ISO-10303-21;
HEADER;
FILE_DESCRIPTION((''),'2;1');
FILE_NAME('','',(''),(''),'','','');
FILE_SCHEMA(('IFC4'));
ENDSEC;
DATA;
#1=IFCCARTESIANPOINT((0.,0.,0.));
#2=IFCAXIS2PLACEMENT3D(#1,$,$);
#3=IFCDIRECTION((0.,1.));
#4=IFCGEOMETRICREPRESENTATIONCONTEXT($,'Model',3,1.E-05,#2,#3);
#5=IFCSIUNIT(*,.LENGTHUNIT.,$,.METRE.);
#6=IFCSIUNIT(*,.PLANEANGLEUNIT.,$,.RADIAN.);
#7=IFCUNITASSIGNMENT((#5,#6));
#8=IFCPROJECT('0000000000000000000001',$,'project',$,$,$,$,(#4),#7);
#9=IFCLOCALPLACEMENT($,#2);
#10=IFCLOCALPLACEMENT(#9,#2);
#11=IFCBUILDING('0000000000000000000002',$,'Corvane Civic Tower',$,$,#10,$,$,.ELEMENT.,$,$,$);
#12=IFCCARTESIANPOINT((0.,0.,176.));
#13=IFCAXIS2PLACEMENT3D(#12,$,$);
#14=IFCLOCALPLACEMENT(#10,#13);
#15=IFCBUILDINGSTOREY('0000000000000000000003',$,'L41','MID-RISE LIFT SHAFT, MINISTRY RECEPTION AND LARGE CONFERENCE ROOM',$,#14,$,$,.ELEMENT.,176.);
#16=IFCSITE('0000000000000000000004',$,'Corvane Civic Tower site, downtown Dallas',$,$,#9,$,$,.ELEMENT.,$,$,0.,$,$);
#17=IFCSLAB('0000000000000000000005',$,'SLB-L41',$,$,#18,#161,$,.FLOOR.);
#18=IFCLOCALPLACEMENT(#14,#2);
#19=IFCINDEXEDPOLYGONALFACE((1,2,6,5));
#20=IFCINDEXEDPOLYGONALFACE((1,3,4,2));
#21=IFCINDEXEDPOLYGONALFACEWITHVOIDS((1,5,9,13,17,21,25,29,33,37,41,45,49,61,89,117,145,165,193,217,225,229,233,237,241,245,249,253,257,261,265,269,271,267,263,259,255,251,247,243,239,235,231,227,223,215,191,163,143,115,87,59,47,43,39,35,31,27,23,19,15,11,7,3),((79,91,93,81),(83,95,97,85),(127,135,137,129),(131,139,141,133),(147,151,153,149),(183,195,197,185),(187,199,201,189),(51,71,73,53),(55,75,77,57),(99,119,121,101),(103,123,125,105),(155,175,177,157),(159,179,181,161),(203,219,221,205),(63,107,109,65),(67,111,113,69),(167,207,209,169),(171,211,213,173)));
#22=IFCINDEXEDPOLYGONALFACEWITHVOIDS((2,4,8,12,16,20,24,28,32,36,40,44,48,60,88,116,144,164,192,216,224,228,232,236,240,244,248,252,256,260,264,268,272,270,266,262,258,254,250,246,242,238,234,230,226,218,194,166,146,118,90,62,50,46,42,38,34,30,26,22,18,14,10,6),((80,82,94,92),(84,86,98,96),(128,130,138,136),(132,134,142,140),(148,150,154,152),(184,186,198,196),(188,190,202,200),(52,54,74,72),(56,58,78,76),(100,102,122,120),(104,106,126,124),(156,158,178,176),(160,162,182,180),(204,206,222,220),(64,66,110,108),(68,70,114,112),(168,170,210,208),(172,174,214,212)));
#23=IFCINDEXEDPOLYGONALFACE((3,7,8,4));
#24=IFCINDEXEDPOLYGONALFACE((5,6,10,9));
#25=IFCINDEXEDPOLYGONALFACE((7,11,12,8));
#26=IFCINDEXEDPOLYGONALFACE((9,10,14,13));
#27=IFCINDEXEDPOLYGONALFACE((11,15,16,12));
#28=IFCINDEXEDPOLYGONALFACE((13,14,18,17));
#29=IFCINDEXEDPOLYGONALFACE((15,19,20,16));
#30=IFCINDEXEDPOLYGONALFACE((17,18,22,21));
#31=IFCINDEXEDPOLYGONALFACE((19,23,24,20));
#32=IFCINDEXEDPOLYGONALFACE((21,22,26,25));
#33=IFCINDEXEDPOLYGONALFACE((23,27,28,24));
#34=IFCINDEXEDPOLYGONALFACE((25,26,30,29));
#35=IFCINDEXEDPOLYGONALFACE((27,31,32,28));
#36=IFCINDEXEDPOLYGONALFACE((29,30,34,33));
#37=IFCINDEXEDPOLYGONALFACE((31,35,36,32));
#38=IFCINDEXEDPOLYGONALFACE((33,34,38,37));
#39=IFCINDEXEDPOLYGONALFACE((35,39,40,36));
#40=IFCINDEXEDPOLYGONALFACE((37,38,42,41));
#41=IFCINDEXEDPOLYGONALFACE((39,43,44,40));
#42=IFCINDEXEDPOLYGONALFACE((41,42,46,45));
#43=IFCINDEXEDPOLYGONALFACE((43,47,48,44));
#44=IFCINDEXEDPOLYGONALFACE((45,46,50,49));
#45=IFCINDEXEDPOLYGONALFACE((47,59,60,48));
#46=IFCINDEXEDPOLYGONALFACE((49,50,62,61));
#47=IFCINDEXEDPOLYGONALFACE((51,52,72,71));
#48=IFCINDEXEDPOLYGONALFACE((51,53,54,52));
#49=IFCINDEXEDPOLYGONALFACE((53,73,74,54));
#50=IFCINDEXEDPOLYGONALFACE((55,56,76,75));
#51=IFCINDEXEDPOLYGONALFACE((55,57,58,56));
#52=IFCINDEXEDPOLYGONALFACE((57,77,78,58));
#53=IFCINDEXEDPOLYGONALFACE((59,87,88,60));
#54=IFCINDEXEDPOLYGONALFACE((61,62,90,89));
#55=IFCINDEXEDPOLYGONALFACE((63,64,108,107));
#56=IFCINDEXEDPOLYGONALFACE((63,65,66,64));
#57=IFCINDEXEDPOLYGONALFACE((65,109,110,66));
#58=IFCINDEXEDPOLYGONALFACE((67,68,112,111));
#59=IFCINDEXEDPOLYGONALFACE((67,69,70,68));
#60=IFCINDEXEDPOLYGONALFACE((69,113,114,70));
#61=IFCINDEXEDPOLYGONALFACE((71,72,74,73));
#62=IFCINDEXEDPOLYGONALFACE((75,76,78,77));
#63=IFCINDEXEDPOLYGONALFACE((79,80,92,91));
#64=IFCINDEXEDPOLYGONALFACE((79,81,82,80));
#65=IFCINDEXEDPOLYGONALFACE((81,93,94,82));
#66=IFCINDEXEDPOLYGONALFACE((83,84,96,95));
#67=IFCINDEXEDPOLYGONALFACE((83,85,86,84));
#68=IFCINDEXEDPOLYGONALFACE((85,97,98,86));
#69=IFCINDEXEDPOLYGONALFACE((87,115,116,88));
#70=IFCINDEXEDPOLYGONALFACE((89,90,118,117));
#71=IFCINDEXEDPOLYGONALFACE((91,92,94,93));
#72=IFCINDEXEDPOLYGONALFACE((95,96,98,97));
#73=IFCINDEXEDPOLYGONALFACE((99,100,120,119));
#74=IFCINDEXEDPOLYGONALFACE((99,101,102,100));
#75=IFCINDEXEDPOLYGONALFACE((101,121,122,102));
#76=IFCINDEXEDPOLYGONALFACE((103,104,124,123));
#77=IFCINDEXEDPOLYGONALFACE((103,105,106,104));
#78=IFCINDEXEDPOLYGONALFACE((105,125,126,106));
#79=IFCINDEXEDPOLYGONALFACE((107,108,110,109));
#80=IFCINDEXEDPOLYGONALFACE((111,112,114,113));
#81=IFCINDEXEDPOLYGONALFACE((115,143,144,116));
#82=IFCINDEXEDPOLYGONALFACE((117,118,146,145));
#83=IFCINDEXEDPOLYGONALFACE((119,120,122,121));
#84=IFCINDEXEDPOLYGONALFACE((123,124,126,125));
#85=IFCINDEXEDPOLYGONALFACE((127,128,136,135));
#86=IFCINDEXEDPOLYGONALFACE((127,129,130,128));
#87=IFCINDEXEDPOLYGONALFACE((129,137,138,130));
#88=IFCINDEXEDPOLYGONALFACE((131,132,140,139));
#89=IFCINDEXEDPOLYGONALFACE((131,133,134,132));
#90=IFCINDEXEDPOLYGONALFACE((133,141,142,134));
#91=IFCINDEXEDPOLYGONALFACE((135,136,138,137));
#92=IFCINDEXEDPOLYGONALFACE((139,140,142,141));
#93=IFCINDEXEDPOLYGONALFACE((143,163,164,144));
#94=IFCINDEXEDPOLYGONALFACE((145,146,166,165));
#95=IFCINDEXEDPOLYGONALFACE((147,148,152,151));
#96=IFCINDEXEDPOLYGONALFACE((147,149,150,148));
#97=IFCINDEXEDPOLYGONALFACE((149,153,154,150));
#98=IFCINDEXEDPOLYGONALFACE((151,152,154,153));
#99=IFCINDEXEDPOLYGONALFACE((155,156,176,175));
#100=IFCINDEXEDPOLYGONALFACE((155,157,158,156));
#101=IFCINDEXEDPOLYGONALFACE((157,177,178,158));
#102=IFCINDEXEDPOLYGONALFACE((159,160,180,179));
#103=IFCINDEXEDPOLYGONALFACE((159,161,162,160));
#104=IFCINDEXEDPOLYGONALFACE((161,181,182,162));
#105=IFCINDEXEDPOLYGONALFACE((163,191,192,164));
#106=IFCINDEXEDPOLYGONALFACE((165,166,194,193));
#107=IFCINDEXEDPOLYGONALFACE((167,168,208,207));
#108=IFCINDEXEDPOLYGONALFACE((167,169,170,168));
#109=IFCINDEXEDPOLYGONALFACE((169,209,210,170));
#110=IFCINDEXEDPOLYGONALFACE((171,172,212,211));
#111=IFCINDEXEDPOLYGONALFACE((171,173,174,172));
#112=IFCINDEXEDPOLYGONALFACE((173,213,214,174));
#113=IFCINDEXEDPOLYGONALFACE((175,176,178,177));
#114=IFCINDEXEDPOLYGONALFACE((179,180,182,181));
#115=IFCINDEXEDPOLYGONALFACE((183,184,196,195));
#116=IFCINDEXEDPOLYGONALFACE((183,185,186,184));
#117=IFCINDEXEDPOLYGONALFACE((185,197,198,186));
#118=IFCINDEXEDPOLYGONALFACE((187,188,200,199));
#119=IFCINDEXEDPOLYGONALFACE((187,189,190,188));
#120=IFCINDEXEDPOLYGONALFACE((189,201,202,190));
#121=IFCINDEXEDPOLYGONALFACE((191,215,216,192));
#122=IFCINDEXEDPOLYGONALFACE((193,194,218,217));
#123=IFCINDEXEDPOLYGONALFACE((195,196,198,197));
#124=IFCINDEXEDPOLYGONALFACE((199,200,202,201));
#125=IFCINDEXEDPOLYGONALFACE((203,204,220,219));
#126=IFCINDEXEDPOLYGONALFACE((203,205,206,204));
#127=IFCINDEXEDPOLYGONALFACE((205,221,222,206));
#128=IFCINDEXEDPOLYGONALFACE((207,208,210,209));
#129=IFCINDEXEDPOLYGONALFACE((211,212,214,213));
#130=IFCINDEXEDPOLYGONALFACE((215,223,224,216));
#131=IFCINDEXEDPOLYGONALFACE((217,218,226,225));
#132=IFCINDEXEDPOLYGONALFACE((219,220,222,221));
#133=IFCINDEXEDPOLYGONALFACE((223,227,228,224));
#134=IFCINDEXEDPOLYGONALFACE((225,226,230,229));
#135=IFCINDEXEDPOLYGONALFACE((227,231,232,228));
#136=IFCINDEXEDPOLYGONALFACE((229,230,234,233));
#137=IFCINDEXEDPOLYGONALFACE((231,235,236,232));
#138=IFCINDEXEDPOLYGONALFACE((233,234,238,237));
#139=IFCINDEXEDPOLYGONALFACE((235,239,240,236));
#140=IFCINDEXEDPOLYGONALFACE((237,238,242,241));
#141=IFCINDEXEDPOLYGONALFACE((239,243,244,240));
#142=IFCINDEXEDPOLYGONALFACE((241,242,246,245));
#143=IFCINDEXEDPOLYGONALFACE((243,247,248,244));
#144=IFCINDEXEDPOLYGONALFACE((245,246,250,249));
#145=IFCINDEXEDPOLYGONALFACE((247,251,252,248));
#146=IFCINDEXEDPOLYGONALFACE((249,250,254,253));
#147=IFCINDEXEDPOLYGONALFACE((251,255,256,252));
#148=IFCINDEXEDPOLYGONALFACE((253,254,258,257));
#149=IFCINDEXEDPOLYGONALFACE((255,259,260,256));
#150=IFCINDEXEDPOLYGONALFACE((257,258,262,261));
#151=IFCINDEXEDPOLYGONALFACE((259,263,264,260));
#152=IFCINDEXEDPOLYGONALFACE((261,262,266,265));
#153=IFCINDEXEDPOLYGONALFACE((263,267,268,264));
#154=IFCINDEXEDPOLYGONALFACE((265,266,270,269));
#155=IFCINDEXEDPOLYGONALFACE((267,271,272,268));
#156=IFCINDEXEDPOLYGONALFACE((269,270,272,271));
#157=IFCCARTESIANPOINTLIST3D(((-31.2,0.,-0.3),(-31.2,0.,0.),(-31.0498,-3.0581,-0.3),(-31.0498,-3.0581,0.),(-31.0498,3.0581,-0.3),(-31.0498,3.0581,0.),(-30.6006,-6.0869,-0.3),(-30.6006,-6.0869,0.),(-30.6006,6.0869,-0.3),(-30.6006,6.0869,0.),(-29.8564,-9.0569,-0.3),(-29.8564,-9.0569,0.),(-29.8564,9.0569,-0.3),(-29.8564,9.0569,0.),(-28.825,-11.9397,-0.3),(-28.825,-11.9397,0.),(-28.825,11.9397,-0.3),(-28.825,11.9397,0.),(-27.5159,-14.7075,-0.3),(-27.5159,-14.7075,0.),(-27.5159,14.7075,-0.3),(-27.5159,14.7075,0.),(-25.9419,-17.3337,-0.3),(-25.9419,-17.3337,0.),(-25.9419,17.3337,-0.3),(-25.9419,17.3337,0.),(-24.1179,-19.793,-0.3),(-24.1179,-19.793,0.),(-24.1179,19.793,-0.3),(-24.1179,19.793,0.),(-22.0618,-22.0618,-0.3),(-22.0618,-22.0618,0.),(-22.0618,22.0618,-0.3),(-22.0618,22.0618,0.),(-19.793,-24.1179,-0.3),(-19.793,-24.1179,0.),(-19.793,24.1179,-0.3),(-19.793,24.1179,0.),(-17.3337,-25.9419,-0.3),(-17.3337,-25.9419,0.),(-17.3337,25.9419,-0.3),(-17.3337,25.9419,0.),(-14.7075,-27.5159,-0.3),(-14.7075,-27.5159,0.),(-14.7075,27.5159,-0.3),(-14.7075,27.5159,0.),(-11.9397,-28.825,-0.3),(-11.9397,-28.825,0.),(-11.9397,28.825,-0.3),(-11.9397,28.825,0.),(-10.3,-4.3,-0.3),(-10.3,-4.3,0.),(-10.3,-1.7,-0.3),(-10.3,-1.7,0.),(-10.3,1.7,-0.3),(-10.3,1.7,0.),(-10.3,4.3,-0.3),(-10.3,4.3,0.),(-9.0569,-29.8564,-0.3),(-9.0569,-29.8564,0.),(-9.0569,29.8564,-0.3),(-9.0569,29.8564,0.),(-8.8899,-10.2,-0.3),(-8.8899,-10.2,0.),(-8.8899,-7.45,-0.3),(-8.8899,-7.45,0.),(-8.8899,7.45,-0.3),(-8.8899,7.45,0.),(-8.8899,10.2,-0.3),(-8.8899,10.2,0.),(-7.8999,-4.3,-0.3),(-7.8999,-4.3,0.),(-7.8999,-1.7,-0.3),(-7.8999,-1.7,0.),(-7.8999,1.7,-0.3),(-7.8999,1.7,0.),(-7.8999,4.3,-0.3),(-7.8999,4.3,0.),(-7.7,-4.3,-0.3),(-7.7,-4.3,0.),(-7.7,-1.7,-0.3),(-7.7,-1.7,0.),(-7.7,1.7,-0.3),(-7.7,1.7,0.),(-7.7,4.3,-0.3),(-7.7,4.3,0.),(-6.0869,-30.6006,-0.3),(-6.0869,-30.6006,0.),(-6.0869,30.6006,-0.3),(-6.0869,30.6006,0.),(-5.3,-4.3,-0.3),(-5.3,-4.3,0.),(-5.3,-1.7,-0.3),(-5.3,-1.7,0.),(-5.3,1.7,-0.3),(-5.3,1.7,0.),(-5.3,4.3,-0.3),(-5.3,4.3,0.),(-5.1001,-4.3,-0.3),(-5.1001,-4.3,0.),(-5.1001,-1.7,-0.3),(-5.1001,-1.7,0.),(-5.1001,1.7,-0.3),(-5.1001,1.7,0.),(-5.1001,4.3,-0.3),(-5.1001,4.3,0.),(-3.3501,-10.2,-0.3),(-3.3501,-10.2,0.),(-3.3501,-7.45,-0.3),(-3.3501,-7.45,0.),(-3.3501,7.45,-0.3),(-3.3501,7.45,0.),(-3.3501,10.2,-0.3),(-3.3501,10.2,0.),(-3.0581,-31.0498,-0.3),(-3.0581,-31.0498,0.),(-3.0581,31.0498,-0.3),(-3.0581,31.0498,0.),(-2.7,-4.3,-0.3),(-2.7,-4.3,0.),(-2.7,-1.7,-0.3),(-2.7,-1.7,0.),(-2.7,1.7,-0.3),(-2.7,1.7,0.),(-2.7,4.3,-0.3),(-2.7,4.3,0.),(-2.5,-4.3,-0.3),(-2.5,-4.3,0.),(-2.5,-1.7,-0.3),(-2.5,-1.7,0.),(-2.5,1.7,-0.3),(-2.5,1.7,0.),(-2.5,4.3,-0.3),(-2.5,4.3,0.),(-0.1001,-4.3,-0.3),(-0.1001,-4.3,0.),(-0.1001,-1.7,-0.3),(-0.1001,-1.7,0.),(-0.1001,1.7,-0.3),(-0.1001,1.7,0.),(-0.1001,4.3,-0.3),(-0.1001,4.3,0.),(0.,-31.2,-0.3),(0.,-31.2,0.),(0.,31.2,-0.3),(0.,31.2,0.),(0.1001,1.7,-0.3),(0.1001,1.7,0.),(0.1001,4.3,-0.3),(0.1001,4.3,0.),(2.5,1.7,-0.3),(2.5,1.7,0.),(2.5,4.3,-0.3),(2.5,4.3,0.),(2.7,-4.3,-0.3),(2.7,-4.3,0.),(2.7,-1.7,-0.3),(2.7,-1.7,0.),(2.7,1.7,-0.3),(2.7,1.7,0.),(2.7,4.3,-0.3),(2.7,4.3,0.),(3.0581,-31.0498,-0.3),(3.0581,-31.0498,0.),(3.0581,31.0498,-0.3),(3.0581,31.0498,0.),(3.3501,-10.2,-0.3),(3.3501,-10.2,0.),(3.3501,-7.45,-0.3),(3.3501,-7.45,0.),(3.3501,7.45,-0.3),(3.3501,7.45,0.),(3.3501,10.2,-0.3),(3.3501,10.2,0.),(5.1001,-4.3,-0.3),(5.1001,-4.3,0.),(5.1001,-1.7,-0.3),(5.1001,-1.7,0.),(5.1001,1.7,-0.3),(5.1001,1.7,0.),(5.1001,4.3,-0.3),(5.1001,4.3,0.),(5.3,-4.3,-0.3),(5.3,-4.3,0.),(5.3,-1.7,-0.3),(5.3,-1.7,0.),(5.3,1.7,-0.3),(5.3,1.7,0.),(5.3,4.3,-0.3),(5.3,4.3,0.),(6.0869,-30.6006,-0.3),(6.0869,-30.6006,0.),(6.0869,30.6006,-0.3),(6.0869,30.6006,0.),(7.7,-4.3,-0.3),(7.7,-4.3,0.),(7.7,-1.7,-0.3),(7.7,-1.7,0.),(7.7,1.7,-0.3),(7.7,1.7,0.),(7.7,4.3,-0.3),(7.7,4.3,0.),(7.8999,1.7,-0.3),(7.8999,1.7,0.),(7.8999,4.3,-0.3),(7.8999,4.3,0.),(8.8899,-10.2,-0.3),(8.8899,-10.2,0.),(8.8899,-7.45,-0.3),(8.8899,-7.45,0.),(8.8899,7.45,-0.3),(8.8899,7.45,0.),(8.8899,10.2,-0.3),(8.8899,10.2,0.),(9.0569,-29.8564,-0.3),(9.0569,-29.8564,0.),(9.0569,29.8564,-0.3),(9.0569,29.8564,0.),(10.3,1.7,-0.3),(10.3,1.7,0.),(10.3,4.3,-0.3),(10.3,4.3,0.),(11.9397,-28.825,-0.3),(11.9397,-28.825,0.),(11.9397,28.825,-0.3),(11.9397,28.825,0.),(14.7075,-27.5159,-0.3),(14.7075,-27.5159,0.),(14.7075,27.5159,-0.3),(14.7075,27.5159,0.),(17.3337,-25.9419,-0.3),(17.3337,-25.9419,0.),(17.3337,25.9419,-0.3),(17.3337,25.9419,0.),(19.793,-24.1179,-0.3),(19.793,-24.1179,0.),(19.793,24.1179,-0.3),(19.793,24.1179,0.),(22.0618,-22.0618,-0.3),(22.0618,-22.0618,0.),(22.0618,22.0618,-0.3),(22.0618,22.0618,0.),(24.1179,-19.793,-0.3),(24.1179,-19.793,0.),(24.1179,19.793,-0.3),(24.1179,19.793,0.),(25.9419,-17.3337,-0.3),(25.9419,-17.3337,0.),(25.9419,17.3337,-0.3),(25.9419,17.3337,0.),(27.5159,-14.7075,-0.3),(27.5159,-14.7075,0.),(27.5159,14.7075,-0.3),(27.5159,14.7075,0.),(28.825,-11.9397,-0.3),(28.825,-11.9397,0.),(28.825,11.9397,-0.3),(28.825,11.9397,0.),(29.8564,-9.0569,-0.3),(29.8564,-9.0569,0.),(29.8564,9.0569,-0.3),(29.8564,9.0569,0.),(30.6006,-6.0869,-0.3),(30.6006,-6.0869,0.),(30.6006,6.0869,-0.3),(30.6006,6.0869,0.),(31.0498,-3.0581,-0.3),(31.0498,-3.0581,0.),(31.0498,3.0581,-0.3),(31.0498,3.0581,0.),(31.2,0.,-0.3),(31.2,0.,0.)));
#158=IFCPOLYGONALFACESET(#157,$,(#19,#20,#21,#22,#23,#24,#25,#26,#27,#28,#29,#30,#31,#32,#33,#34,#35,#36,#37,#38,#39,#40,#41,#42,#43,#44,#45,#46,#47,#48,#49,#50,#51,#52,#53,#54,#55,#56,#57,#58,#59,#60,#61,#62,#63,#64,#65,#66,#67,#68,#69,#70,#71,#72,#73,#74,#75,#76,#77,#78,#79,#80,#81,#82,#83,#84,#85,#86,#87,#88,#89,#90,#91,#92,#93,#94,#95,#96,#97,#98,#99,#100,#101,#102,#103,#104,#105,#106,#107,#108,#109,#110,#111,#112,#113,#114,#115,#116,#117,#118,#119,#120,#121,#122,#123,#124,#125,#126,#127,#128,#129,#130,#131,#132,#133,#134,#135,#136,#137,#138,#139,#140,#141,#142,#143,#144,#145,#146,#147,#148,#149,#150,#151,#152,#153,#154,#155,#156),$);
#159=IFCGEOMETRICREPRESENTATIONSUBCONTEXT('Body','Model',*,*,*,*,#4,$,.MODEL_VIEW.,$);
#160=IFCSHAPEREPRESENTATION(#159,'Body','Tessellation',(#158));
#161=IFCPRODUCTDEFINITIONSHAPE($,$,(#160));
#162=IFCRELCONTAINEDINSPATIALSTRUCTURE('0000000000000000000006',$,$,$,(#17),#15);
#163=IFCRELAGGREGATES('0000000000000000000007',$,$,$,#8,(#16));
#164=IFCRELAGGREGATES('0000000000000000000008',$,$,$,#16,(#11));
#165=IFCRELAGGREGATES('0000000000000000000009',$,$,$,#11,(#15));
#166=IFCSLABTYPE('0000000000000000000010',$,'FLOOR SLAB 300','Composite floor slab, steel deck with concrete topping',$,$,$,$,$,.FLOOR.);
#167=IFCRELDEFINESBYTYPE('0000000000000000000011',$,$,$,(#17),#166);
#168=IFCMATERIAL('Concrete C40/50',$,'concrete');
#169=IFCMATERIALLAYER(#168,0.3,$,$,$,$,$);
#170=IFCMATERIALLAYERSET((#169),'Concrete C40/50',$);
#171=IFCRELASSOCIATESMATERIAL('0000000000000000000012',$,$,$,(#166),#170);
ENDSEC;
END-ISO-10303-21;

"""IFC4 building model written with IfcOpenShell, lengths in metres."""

from ifc_helpers import new_model, si_unit, direction, frame, origin, place, context, subcontext, project, spatial, polyline, outline, extrude, material, layer, layer_set, type_object, element, save


model = new_model("IFC4")

# Units and contexts
model_context = context("Model", 3, precision=1e-05, world=origin(), true_north=direction((0.0, 1.0)))
body_context = subcontext(model_context, "Body", "Model", "MODEL_VIEW")
ifc_project = project(units=[si_unit("LENGTHUNIT", "METRE"), si_unit("PLANEANGLEUNIT", "RADIAN")], contexts=[model_context])

# Site, building, storey
site_placement = place(None, origin())
site = spatial("IfcSite", under=ifc_project, at=site_placement, Name="Corvane Civic Tower site, downtown Dallas", CompositionType="ELEMENT", RefElevation=0.0)
building_placement = place(site_placement, origin())
building = spatial("IfcBuilding", under=site, at=building_placement, Name="Corvane Civic Tower", CompositionType="ELEMENT")
storey_placement = place(building_placement, frame((0.0, 0.0, 176.0)))
storey = spatial("IfcBuildingStorey", under=building, at=storey_placement, Name="L41", Description="MID-RISE LIFT SHAFT, MINISTRY RECEPTION AND LARGE CONFERENCE ROOM", CompositionType="ELEMENT", Elevation=176.0)

# Slab
ifc_material_1 = material(Name="Concrete C40/50", Category="concrete")
ifc_layer_1 = layer(ifc_material_1, 0.3)
ifc_layer_set_1 = layer_set([ifc_layer_1], Name="Concrete C40/50")
slab_type = type_object("IfcSlabType", Name="FLOOR SLAB 300", Description="Composite floor slab, steel deck with concrete topping", PredefinedType="FLOOR", material=ifc_layer_set_1)
slab_placement = place(storey_placement, frame((0.0, 0.0, -0.3)))
element("IfcSlab", 1, at=slab_placement, inside=storey, type_object=slab_type, Name="SLB-L41", PredefinedType="FLOOR", context=body_context, shape_type="SweptSolid", body=[
    extrude(outline(polyline([(0.0, 31.2), (-3.0581, 31.0498), (-6.0869, 30.6006), (-9.0569, 29.8564), (-11.9397, 28.825), (-14.7075, 27.5159), (-17.3337, 25.9419), (-19.793, 24.1179), (-22.0618, 22.0618), (-24.1179, 19.793), (-25.9419, 17.3337), (-27.5159, 14.7075), (-28.825, 11.9397), (-29.8564, 9.0569), (-30.6006, 6.0869), (-31.0498, 3.0581), (-31.2, 0.0), (-31.0498, -3.0581), (-30.6006, -6.0869), (-29.8564, -9.0569), (-28.825, -11.9397), (-27.5159, -14.7075), (-25.9419, -17.3337), (-24.1179, -19.793), (-22.0618, -22.0618), (-19.793, -24.1179), (-17.3337, -25.9419), (-14.7075, -27.5159), (-11.9397, -28.825), (-9.0569, -29.8564), (-6.0869, -30.6006), (-3.0581, -31.0498), (0.0, -31.2), (3.0581, -31.0498), (6.0869, -30.6006), (9.0569, -29.8564), (11.9397, -28.825), (14.7075, -27.5159), (17.3337, -25.9419), (19.793, -24.1179), (22.0618, -22.0618), (24.1179, -19.793), (25.9419, -17.3337), (27.5159, -14.7075), (28.825, -11.9397), (29.8564, -9.0569), (30.6006, -6.0869), (31.0498, -3.0581), (31.2, 0.0), (31.0498, 3.0581), (30.6006, 6.0869), (29.8564, 9.0569), (28.825, 11.9397), (27.5159, 14.7075), (25.9419, 17.3337), (24.1179, 19.793), (22.0618, 22.0618), (19.793, 24.1179), (17.3337, 25.9419), (14.7075, 27.5159), (11.9397, 28.825), (9.0569, 29.8564), (6.0869, 30.6006), (3.0581, 31.0498), (0.0, 31.2)]), holes=[polyline([(-10.3, 4.3), (-7.8999, 4.3), (-7.8999, 1.7), (-10.3, 1.7), (-10.3, 4.3)]), polyline([(-7.7, 4.3), (-5.3, 4.3), (-5.3, 1.7), (-7.7, 1.7), (-7.7, 4.3)]), polyline([(-5.1001, 4.3), (-2.7, 4.3), (-2.7, 1.7), (-5.1001, 1.7), (-5.1001, 4.3)]), polyline([(-0.1001, 1.7), (-2.5, 1.7), (-2.5, 4.3), (-0.1001, 4.3), (-0.1001, 1.7)]), polyline([(2.5, 1.7), (0.1001, 1.7), (0.1001, 4.3), (2.5, 4.3), (2.5, 1.7)]), polyline([(2.7, 4.3), (5.1001, 4.3), (5.1001, 1.7), (2.7, 1.7), (2.7, 4.3)]), polyline([(5.3, 4.3), (7.7, 4.3), (7.7, 1.7), (5.3, 1.7), (5.3, 4.3)]), polyline([(7.8999, 4.3), (10.3, 4.3), (10.3, 1.7), (7.8999, 1.7), (7.8999, 4.3)]), polyline([(-7.8999, -1.7), (-7.8999, -4.3), (-10.3, -4.3), (-10.3, -1.7), (-7.8999, -1.7)]), polyline([(-7.7, -4.3), (-7.7, -1.7), (-5.3, -1.7), (-5.3, -4.3), (-7.7, -4.3)]), polyline([(-5.1001, -4.3), (-5.1001, -1.7), (-2.7, -1.7), (-2.7, -4.3), (-5.1001, -4.3)]), polyline([(-0.1001, -1.7), (-0.1001, -4.3), (-2.5, -4.3), (-2.5, -1.7), (-0.1001, -1.7)]), polyline([(5.1001, -1.7), (5.1001, -4.3), (2.7, -4.3), (2.7, -1.7), (5.1001, -1.7)]), polyline([(7.7, -1.7), (7.7, -4.3), (5.3, -4.3), (5.3, -1.7), (7.7, -1.7)]), polyline([(8.8899, 10.2), (8.8899, 7.45), (3.3501, 7.45), (3.3501, 10.2), (8.8899, 10.2)]), polyline([(-8.8899, 7.45), (-8.8899, 10.2), (-3.3501, 10.2), (-3.3501, 7.45), (-8.8899, 7.45)]), polyline([(8.8899, -7.45), (8.8899, -10.2), (3.3501, -10.2), (3.3501, -7.45), (8.8899, -7.45)]), polyline([(-8.8899, -10.2), (-8.8899, -7.45), (-3.3501, -7.45), (-3.3501, -10.2), (-8.8899, -10.2)])]), origin(), (0.0, 0.0, 1.0), 0.3),
])

save(model, "model.ifc")
